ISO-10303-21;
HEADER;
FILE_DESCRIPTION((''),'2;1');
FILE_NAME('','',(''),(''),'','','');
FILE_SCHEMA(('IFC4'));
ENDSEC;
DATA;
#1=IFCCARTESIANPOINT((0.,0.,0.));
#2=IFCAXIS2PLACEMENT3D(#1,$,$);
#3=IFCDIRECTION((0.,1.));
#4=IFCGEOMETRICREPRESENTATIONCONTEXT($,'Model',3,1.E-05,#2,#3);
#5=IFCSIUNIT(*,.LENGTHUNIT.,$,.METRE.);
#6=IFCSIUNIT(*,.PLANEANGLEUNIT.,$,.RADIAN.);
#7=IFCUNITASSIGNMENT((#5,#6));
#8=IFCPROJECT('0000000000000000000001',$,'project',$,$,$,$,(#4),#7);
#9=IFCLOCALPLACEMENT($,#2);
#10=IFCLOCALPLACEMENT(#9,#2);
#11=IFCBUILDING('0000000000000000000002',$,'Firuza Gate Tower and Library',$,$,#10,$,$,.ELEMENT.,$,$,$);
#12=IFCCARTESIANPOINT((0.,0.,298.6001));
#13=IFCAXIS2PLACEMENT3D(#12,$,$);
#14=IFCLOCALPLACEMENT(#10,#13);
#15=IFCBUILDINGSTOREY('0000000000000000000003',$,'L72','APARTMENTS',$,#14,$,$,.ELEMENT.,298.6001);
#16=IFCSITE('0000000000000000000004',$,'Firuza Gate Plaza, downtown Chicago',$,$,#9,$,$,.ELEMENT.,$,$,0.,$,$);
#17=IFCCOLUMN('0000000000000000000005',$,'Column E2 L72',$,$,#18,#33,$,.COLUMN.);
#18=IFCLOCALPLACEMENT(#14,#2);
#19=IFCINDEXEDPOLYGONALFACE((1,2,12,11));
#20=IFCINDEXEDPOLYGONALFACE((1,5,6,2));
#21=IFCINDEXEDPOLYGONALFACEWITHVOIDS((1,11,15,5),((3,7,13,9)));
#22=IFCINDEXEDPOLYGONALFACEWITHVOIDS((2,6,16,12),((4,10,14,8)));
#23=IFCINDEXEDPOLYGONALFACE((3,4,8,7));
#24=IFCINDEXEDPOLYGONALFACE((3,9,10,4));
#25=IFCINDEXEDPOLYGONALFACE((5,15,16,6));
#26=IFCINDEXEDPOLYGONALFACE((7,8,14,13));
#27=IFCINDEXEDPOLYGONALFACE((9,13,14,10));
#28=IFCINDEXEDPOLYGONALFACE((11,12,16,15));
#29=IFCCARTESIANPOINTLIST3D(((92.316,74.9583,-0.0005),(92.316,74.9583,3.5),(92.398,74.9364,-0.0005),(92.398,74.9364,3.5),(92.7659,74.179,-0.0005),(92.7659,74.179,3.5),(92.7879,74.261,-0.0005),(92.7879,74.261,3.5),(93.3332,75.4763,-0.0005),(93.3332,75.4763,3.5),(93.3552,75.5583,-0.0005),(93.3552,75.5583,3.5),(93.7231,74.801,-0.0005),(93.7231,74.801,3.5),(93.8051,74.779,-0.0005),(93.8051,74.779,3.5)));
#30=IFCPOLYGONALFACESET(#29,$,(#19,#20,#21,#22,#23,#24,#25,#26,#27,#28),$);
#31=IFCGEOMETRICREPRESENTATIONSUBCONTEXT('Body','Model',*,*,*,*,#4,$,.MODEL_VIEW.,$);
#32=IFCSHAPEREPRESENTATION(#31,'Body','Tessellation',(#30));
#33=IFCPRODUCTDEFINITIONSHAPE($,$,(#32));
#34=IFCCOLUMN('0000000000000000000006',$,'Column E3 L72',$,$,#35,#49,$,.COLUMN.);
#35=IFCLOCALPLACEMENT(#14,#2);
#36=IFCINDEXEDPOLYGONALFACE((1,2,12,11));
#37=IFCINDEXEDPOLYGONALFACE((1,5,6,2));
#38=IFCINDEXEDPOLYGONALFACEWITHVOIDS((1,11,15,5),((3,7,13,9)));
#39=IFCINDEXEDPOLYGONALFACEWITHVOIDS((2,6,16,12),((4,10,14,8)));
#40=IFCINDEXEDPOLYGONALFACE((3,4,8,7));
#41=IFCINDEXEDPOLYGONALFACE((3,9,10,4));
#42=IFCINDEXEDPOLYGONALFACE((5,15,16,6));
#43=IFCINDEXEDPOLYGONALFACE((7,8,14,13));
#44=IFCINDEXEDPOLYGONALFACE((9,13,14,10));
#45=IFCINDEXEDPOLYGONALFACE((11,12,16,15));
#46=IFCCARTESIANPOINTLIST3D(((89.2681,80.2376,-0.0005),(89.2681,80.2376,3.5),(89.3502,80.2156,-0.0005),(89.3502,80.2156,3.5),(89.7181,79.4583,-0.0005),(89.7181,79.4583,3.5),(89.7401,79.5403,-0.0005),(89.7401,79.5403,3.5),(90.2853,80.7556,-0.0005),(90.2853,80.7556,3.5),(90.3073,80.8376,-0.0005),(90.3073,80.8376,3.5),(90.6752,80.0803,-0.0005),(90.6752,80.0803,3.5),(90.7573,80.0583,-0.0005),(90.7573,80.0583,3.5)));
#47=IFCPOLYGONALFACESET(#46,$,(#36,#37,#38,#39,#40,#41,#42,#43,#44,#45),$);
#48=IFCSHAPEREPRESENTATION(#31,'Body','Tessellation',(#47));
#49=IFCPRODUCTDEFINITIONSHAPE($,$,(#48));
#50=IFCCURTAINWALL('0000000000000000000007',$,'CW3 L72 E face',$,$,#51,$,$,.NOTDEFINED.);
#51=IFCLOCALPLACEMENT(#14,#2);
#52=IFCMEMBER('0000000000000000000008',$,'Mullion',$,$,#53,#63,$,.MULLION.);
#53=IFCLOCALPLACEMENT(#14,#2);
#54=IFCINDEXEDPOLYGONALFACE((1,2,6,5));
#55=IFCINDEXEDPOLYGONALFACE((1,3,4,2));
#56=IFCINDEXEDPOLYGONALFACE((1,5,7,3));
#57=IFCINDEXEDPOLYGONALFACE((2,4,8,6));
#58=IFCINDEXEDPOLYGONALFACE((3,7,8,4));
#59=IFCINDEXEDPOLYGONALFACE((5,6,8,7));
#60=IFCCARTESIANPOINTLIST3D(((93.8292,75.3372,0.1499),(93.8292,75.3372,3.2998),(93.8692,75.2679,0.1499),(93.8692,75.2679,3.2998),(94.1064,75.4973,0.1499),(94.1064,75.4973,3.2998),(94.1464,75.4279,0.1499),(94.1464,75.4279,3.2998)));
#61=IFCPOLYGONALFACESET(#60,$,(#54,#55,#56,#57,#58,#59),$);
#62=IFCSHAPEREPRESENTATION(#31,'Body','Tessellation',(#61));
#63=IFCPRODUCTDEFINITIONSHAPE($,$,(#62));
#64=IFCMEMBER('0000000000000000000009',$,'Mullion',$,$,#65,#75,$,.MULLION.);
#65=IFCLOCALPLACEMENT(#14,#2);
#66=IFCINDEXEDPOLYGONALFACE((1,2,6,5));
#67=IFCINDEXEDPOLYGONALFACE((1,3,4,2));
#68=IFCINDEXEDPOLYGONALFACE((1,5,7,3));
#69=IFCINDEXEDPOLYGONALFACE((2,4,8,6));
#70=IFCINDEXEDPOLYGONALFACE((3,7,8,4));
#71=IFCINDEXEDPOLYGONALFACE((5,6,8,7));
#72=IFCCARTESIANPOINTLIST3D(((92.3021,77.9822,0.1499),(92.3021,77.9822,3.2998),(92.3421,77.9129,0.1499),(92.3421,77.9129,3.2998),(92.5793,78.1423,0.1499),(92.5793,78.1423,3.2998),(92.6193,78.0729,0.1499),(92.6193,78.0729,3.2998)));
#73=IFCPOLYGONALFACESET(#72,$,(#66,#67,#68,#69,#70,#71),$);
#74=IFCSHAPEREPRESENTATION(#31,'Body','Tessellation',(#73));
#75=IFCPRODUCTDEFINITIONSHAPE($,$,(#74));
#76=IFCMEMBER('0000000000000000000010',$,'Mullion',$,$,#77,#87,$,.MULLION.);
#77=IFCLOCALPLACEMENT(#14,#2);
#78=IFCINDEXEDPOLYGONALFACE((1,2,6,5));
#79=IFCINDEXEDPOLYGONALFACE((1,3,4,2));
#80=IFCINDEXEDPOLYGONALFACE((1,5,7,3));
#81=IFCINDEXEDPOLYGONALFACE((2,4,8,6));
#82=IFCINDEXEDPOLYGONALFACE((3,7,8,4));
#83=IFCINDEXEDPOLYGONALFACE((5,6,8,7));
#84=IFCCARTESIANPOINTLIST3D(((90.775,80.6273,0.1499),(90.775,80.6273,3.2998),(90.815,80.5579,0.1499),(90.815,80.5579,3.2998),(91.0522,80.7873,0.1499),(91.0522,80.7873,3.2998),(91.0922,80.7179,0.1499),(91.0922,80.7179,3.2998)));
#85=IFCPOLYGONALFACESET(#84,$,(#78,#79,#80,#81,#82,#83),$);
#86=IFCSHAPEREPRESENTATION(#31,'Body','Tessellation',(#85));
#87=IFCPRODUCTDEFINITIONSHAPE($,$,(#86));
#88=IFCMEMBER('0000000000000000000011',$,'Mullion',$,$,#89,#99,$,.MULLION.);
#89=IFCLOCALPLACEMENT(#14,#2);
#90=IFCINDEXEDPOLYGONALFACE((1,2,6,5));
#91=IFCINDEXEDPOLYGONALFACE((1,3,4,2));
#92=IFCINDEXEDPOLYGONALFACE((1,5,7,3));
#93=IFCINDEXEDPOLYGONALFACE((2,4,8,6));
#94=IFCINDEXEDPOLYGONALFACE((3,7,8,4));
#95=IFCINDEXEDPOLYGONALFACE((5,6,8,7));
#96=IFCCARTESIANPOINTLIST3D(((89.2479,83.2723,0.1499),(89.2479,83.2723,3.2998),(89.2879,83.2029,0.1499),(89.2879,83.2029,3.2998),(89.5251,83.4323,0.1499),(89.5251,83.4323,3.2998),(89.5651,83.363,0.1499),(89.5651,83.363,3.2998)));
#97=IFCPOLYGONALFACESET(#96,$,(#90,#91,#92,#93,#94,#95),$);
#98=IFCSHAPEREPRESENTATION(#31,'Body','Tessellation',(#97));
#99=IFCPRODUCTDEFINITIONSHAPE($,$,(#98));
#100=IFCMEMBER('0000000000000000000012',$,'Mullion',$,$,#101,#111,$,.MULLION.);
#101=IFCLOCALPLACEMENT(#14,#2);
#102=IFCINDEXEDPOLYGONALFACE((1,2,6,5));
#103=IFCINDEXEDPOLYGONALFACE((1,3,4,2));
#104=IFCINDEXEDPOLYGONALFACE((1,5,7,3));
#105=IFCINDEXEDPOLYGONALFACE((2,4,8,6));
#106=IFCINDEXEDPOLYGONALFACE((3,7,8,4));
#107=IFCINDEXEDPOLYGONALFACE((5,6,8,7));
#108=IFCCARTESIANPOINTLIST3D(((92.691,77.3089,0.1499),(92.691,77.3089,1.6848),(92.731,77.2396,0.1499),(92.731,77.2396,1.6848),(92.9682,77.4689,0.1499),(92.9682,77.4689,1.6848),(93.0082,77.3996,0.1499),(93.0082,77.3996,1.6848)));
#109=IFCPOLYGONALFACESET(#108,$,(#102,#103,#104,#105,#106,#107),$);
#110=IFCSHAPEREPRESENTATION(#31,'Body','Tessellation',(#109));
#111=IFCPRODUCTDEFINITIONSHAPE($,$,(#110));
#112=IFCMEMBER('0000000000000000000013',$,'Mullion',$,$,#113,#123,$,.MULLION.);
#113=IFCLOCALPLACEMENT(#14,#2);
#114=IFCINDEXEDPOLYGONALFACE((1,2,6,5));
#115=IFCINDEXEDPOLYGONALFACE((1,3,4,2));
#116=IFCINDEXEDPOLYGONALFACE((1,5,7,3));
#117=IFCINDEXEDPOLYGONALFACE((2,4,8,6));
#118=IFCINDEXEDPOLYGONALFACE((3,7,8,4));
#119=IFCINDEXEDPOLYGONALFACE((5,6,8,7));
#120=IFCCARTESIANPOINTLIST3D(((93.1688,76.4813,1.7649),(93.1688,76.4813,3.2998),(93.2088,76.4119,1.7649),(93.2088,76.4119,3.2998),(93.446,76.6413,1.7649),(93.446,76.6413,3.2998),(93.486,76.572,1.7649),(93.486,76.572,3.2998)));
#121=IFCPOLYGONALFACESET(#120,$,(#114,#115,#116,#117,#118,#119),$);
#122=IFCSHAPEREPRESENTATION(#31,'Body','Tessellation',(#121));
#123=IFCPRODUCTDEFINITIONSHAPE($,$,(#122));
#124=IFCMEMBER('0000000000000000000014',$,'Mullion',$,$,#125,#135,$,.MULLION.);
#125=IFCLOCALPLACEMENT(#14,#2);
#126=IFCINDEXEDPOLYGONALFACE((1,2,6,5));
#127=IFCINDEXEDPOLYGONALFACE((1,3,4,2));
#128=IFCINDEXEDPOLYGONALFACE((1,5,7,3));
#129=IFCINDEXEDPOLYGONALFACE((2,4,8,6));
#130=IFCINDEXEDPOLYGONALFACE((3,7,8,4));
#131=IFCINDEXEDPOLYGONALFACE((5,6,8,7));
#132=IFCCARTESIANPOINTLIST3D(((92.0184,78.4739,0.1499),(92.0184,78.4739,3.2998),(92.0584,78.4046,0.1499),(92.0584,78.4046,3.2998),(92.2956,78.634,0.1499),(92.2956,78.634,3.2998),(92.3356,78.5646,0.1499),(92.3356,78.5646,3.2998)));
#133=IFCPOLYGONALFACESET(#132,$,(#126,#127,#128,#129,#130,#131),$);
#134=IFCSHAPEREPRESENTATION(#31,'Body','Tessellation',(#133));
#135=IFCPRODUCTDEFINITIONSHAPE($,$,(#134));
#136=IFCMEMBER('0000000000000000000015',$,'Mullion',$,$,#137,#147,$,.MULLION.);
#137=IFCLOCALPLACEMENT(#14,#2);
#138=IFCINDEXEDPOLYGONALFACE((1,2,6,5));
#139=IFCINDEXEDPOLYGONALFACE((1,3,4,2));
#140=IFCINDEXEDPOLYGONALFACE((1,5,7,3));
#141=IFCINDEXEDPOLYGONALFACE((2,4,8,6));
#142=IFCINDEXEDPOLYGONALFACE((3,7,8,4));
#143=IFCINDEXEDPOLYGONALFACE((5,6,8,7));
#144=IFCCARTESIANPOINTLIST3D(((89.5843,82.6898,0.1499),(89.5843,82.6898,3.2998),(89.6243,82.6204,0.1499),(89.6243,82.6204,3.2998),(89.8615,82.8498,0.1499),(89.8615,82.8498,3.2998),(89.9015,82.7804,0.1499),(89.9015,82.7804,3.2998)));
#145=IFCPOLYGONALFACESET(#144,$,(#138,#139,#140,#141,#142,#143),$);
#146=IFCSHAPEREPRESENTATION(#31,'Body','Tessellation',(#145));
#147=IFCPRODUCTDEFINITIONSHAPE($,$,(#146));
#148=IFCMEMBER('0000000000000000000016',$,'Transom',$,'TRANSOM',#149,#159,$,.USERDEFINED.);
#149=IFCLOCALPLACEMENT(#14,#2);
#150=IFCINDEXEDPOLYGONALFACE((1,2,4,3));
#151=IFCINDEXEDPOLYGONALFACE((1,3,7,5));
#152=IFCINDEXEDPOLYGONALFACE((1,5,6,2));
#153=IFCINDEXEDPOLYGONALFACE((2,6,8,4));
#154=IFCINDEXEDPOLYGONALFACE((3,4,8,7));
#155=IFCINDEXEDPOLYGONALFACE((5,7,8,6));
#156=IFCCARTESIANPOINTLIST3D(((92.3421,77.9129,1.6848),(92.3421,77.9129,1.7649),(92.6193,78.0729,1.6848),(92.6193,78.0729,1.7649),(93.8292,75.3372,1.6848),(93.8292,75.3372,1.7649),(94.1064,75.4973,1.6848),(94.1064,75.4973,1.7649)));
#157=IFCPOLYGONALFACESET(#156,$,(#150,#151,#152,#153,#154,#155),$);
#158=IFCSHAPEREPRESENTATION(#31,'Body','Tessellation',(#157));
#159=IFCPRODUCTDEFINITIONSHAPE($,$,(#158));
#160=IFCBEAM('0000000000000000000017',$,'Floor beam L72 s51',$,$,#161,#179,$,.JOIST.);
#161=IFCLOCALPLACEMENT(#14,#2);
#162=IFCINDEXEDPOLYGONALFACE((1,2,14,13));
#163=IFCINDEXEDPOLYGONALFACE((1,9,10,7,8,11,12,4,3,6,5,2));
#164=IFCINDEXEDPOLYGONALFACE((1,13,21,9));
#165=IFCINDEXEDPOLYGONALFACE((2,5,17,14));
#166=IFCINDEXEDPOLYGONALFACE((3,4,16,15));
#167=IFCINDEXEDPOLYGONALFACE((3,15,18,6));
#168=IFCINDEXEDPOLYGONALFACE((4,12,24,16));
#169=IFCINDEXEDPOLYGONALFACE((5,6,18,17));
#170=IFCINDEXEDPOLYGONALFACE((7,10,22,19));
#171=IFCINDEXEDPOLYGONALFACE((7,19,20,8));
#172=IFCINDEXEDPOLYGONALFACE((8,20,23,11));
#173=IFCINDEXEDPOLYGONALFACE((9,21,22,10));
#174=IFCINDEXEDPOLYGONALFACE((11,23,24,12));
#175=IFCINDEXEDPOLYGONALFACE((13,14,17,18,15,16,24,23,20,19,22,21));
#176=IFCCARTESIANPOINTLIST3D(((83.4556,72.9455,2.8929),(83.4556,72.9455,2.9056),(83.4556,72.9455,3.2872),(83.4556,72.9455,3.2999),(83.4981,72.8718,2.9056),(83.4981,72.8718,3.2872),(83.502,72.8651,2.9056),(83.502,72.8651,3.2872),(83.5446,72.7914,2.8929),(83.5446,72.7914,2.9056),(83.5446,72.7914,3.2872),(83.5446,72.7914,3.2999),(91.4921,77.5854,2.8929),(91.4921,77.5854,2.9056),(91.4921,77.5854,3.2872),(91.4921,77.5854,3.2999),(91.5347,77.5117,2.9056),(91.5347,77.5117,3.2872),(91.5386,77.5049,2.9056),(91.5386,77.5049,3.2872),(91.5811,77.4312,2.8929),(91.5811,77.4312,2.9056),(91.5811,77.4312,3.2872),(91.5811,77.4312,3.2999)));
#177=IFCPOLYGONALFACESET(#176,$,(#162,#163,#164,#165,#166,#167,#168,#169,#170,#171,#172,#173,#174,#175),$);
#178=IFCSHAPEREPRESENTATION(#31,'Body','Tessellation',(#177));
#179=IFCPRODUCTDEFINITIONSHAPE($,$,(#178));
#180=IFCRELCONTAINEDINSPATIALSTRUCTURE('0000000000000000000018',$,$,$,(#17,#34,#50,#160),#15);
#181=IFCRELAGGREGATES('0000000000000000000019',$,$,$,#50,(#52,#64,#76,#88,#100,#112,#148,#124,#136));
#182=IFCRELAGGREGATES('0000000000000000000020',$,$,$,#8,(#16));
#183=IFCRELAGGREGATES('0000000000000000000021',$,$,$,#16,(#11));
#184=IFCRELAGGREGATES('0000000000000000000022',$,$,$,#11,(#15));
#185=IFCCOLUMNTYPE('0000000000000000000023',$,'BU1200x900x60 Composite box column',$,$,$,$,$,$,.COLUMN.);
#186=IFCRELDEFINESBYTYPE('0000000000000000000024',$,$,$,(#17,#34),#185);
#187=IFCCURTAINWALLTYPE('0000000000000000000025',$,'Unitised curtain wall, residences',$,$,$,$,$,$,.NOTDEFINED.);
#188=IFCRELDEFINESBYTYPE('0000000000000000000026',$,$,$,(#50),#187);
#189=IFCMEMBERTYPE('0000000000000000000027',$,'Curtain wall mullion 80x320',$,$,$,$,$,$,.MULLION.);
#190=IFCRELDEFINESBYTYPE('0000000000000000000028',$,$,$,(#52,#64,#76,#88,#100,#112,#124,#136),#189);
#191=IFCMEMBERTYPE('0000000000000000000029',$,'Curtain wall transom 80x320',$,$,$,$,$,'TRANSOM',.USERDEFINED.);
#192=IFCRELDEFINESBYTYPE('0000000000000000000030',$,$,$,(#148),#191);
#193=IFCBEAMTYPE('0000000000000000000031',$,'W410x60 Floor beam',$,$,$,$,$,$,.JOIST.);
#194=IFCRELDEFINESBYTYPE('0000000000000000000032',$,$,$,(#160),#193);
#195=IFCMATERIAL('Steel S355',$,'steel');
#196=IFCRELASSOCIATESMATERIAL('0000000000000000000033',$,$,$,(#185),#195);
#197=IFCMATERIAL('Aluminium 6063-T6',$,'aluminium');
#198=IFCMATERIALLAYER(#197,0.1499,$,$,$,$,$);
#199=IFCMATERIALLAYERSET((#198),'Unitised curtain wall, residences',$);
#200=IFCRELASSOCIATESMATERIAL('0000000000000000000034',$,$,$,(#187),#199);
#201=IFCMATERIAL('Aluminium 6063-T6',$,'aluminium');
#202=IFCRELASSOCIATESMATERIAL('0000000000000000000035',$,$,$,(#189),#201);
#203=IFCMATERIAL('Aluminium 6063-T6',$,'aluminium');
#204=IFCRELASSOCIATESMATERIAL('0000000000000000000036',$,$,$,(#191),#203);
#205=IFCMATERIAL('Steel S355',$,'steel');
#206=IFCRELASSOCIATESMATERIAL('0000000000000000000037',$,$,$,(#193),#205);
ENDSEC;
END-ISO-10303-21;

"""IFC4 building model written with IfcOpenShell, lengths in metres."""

from ifc_helpers import new_model, si_unit, direction, frame, origin, origin_2d, place, context, subcontext, project, spatial, rectangle, hollow_rectangle, i_section, extrude, material, layer, layer_set, material_profile, profile_set, type_object, element, aggregate, save


model = new_model("IFC4")

# Units and contexts
model_context = context("Model", 3, precision=1e-05, world=origin(), true_north=direction((0.0, 1.0)))
body_context = subcontext(model_context, "Body", "Model", "MODEL_VIEW")
ifc_project = project(units=[si_unit("LENGTHUNIT", "METRE"), si_unit("PLANEANGLEUNIT", "RADIAN")], contexts=[model_context])

# Site, building, storey
site_placement = place(None, origin())
site = spatial("IfcSite", under=ifc_project, at=site_placement, Name="Firuza Gate Plaza, downtown Chicago", CompositionType="ELEMENT", RefElevation=0.0)
building_placement = place(site_placement, origin())
building = spatial("IfcBuilding", under=site, at=building_placement, Name="Firuza Gate Tower and Library", CompositionType="ELEMENT")
storey_placement = place(building_placement, frame((0.0, 0.0, 298.6001)))
storey = spatial("IfcBuildingStorey", under=building, at=storey_placement, Name="L72", Description="APARTMENTS", CompositionType="ELEMENT", Elevation=298.6001)

# Columns
ifc_material_1 = material(Name="Steel S355", Category="steel")
ifc_material_profile_1 = material_profile(ifc_material_1, hollow_rectangle(XDim=0.8999, YDim=1.2, WallThickness=0.0601, at=origin_2d()))
ifc_profile_set_1 = profile_set([ifc_material_profile_1], Name="Steel S355")
column_type = type_object("IfcColumnType", Name="BU1200x900x60 Composite box column", PredefinedType="COLUMN", material=ifc_profile_set_1)
for number, where, z_axis, x_axis, name in (
    (1, (93.0605, 74.8687, -0.0005), (0.0, 0.0, 1.0), (-0.5, 0.866025, 0.0), "Column E2 L72"),
    (2, (90.0127, 80.1479, -0.0005), (0.0, 0.0, 1.0), (-0.5, 0.866025, 0.0), "Column E3 L72"),
):
    element("IfcColumn", number, at=place(storey_placement, frame(where, z_axis=z_axis, x_axis=x_axis)), inside=storey, type_object=column_type, Name=name, PredefinedType="COLUMN", context=body_context, shape_type="SweptSolid", body=[
        extrude(hollow_rectangle(XDim=0.8999, YDim=1.2, WallThickness=0.0601, at=origin_2d()), origin(), (0.0, 0.0, 1.0), 3.5005),
    ])

# Curtain wall, members
ifc_material_2 = material(Name="Aluminium 6063-T6", Category="aluminium")
ifc_layer_1 = layer(ifc_material_2, 0.1499)
ifc_layer_set_1 = layer_set([ifc_layer_1], Name="Unitised curtain wall, residences")
curtain_wall_type = type_object("IfcCurtainWallType", Name="Unitised curtain wall, residences", PredefinedType="NOTDEFINED", material=ifc_layer_set_1)
curtain_wall_placement = place(storey_placement, origin())
curtain_wall = element("IfcCurtainWall", 3, at=curtain_wall_placement, inside=storey, type_object=curtain_wall_type, Name="CW3 L72 E face", PredefinedType="NOTDEFINED")
ifc_material_3 = material(Name="Aluminium 6063-T6", Category="aluminium")
ifc_material_profile_2 = material_profile(ifc_material_3, rectangle(XDim=0.3201, YDim=0.0801, at=origin_2d()))
ifc_profile_set_2 = profile_set([ifc_material_profile_2], Name="Aluminium 6063-T6")
member_type_1 = type_object("IfcMemberType", Name="Curtain wall mullion 80x320", PredefinedType="MULLION", material=ifc_profile_set_2)
member_1_placement = place(storey_placement, frame((93.9878, 75.3826, 0.1499), z_axis=(0.0, 0.0, 1.0), x_axis=(-0.866025, -0.5, 0.0)))
member_1 = element("IfcMember", 4, at=member_1_placement, type_object=member_type_1, Name="Mullion", PredefinedType="MULLION", context=body_context, shape_type="SweptSolid", body=[
    extrude(rectangle(XDim=0.3201, YDim=0.0801, at=origin_2d()), origin(), (0.0, 0.0, 1.0), 3.1499),
])
member_2_placement = place(storey_placement, frame((92.4607, 78.0276, 0.1499), z_axis=(0.0, 0.0, 1.0), x_axis=(-0.866025, -0.5, 0.0)))
member_2 = element("IfcMember", 5, at=member_2_placement, type_object=member_type_1, Name="Mullion", PredefinedType="MULLION", context=body_context, shape_type="SweptSolid", body=[
    extrude(rectangle(XDim=0.3201, YDim=0.0801, at=origin_2d()), origin(), (0.0, 0.0, 1.0), 3.1499),
])
member_3_placement = place(storey_placement, frame((90.9336, 80.6726, 0.1499), z_axis=(0.0, 0.0, 1.0), x_axis=(-0.866025, -0.5, 0.0)))
member_3 = element("IfcMember", 6, at=member_3_placement, type_object=member_type_1, Name="Mullion", PredefinedType="MULLION", context=body_context, shape_type="SweptSolid", body=[
    extrude(rectangle(XDim=0.3201, YDim=0.0801, at=origin_2d()), origin(), (0.0, 0.0, 1.0), 3.1499),
])
member_4_placement = place(storey_placement, frame((89.4065, 83.3176, 0.1499), z_axis=(0.0, 0.0, 1.0), x_axis=(-0.866025, -0.5, 0.0)))
member_4 = element("IfcMember", 7, at=member_4_placement, type_object=member_type_1, Name="Mullion", PredefinedType="MULLION", context=body_context, shape_type="SweptSolid", body=[
    extrude(rectangle(XDim=0.3201, YDim=0.0801, at=origin_2d()), origin(), (0.0, 0.0, 1.0), 3.1499),
])
member_5_placement = place(storey_placement, frame((92.8496, 77.3542, 0.1499), z_axis=(0.0, 0.0, 1.0), x_axis=(-0.866025, -0.5, 0.0)))
member_5 = element("IfcMember", 8, at=member_5_placement, type_object=member_type_1, Name="Mullion", PredefinedType="MULLION", context=body_context, shape_type="SweptSolid", body=[
    extrude(rectangle(XDim=0.3201, YDim=0.0801, at=origin_2d()), origin(), (0.0, 0.0, 1.0), 1.5349),
])
member_6_placement = place(storey_placement, frame((93.3274, 76.5266, 1.7649), z_axis=(0.0, 0.0, 1.0), x_axis=(-0.866025, -0.5, 0.0)))
member_6 = element("IfcMember", 9, at=member_6_placement, type_object=member_type_1, Name="Mullion", PredefinedType="MULLION", context=body_context, shape_type="SweptSolid", body=[
    extrude(rectangle(XDim=0.3201, YDim=0.0801, at=origin_2d()), origin(), (0.0, 0.0, 1.0), 1.5349),
])
member_7_placement = place(storey_placement, frame((92.177, 78.5193, 0.1499), z_axis=(0.0, 0.0, 1.0), x_axis=(-0.866025, -0.5, 0.0)))
member_7 = element("IfcMember", 10, at=member_7_placement, type_object=member_type_1, Name="Mullion", PredefinedType="MULLION", context=body_context, shape_type="SweptSolid", body=[
    extrude(rectangle(XDim=0.3201, YDim=0.0801, at=origin_2d()), origin(), (0.0, 0.0, 1.0), 3.1499),
])
member_8_placement = place(storey_placement, frame((89.7429, 82.7351, 0.1499), z_axis=(0.0, 0.0, 1.0), x_axis=(-0.866025, -0.5, 0.0)))
member_8 = element("IfcMember", 11, at=member_8_placement, type_object=member_type_1, Name="Mullion", PredefinedType="MULLION", context=body_context, shape_type="SweptSolid", body=[
    extrude(rectangle(XDim=0.3201, YDim=0.0801, at=origin_2d()), origin(), (0.0, 0.0, 1.0), 3.1499),
])
ifc_material_4 = material(Name="Aluminium 6063-T6", Category="aluminium")
ifc_material_profile_3 = material_profile(ifc_material_4, rectangle(XDim=0.3201, YDim=0.0801, at=origin_2d()))
ifc_profile_set_3 = profile_set([ifc_material_profile_3], Name="Aluminium 6063-T6")
member_type_2 = type_object("IfcMemberType", Name="Curtain wall transom 80x320", ElementType="TRANSOM", PredefinedType="USERDEFINED", material=ifc_profile_set_3)
member_9_placement = place(storey_placement, frame((93.9678, 75.4172, 1.7249), z_axis=(-0.499997, 0.866027, 0.0), x_axis=(-0.866027, -0.499997, 0.0)))
member_9 = element("IfcMember", 12, at=member_9_placement, type_object=member_type_2, Name="Transom", ObjectType="TRANSOM", PredefinedType="USERDEFINED", context=body_context, shape_type="SweptSolid", body=[
    extrude(rectangle(XDim=0.3201, YDim=0.0801, at=origin_2d()), origin(), (0.0, 0.0, 1.0), 2.9741),
])

# Beam
ifc_material_5 = material(Name="Steel S355", Category="steel")
ifc_material_profile_4 = material_profile(ifc_material_5, i_section(OverallWidth=0.178, OverallDepth=0.407, WebThickness=0.0078, FlangeThickness=0.0127, at=origin_2d()))
ifc_profile_set_4 = profile_set([ifc_material_profile_4], Name="Steel S355")
beam_type_1 = type_object("IfcBeamType", Name="W410x60 Floor beam", PredefinedType="JOIST", material=ifc_profile_set_4)
beam_1_placement = place(storey_placement, frame((91.5366, 77.5083, 3.0964), z_axis=(-0.866028, -0.499996, 0.0), x_axis=(0.499996, -0.866028, 0.0)))
element("IfcBeam", 13, at=beam_1_placement, inside=storey, type_object=beam_type_1, Name="Floor beam L72 s51", PredefinedType="JOIST", context=body_context, shape_type="SweptSolid", body=[
    extrude(i_section(OverallWidth=0.178, OverallDepth=0.407, WebThickness=0.0078, FlangeThickness=0.0127, at=origin_2d()), origin(), (0.0, 0.0, 1.0), 9.2798),
])

aggregate(curtain_wall, [member_1, member_2, member_3, member_4, member_5, member_6, member_9, member_7, member_8])

save(model, "model.ifc")
